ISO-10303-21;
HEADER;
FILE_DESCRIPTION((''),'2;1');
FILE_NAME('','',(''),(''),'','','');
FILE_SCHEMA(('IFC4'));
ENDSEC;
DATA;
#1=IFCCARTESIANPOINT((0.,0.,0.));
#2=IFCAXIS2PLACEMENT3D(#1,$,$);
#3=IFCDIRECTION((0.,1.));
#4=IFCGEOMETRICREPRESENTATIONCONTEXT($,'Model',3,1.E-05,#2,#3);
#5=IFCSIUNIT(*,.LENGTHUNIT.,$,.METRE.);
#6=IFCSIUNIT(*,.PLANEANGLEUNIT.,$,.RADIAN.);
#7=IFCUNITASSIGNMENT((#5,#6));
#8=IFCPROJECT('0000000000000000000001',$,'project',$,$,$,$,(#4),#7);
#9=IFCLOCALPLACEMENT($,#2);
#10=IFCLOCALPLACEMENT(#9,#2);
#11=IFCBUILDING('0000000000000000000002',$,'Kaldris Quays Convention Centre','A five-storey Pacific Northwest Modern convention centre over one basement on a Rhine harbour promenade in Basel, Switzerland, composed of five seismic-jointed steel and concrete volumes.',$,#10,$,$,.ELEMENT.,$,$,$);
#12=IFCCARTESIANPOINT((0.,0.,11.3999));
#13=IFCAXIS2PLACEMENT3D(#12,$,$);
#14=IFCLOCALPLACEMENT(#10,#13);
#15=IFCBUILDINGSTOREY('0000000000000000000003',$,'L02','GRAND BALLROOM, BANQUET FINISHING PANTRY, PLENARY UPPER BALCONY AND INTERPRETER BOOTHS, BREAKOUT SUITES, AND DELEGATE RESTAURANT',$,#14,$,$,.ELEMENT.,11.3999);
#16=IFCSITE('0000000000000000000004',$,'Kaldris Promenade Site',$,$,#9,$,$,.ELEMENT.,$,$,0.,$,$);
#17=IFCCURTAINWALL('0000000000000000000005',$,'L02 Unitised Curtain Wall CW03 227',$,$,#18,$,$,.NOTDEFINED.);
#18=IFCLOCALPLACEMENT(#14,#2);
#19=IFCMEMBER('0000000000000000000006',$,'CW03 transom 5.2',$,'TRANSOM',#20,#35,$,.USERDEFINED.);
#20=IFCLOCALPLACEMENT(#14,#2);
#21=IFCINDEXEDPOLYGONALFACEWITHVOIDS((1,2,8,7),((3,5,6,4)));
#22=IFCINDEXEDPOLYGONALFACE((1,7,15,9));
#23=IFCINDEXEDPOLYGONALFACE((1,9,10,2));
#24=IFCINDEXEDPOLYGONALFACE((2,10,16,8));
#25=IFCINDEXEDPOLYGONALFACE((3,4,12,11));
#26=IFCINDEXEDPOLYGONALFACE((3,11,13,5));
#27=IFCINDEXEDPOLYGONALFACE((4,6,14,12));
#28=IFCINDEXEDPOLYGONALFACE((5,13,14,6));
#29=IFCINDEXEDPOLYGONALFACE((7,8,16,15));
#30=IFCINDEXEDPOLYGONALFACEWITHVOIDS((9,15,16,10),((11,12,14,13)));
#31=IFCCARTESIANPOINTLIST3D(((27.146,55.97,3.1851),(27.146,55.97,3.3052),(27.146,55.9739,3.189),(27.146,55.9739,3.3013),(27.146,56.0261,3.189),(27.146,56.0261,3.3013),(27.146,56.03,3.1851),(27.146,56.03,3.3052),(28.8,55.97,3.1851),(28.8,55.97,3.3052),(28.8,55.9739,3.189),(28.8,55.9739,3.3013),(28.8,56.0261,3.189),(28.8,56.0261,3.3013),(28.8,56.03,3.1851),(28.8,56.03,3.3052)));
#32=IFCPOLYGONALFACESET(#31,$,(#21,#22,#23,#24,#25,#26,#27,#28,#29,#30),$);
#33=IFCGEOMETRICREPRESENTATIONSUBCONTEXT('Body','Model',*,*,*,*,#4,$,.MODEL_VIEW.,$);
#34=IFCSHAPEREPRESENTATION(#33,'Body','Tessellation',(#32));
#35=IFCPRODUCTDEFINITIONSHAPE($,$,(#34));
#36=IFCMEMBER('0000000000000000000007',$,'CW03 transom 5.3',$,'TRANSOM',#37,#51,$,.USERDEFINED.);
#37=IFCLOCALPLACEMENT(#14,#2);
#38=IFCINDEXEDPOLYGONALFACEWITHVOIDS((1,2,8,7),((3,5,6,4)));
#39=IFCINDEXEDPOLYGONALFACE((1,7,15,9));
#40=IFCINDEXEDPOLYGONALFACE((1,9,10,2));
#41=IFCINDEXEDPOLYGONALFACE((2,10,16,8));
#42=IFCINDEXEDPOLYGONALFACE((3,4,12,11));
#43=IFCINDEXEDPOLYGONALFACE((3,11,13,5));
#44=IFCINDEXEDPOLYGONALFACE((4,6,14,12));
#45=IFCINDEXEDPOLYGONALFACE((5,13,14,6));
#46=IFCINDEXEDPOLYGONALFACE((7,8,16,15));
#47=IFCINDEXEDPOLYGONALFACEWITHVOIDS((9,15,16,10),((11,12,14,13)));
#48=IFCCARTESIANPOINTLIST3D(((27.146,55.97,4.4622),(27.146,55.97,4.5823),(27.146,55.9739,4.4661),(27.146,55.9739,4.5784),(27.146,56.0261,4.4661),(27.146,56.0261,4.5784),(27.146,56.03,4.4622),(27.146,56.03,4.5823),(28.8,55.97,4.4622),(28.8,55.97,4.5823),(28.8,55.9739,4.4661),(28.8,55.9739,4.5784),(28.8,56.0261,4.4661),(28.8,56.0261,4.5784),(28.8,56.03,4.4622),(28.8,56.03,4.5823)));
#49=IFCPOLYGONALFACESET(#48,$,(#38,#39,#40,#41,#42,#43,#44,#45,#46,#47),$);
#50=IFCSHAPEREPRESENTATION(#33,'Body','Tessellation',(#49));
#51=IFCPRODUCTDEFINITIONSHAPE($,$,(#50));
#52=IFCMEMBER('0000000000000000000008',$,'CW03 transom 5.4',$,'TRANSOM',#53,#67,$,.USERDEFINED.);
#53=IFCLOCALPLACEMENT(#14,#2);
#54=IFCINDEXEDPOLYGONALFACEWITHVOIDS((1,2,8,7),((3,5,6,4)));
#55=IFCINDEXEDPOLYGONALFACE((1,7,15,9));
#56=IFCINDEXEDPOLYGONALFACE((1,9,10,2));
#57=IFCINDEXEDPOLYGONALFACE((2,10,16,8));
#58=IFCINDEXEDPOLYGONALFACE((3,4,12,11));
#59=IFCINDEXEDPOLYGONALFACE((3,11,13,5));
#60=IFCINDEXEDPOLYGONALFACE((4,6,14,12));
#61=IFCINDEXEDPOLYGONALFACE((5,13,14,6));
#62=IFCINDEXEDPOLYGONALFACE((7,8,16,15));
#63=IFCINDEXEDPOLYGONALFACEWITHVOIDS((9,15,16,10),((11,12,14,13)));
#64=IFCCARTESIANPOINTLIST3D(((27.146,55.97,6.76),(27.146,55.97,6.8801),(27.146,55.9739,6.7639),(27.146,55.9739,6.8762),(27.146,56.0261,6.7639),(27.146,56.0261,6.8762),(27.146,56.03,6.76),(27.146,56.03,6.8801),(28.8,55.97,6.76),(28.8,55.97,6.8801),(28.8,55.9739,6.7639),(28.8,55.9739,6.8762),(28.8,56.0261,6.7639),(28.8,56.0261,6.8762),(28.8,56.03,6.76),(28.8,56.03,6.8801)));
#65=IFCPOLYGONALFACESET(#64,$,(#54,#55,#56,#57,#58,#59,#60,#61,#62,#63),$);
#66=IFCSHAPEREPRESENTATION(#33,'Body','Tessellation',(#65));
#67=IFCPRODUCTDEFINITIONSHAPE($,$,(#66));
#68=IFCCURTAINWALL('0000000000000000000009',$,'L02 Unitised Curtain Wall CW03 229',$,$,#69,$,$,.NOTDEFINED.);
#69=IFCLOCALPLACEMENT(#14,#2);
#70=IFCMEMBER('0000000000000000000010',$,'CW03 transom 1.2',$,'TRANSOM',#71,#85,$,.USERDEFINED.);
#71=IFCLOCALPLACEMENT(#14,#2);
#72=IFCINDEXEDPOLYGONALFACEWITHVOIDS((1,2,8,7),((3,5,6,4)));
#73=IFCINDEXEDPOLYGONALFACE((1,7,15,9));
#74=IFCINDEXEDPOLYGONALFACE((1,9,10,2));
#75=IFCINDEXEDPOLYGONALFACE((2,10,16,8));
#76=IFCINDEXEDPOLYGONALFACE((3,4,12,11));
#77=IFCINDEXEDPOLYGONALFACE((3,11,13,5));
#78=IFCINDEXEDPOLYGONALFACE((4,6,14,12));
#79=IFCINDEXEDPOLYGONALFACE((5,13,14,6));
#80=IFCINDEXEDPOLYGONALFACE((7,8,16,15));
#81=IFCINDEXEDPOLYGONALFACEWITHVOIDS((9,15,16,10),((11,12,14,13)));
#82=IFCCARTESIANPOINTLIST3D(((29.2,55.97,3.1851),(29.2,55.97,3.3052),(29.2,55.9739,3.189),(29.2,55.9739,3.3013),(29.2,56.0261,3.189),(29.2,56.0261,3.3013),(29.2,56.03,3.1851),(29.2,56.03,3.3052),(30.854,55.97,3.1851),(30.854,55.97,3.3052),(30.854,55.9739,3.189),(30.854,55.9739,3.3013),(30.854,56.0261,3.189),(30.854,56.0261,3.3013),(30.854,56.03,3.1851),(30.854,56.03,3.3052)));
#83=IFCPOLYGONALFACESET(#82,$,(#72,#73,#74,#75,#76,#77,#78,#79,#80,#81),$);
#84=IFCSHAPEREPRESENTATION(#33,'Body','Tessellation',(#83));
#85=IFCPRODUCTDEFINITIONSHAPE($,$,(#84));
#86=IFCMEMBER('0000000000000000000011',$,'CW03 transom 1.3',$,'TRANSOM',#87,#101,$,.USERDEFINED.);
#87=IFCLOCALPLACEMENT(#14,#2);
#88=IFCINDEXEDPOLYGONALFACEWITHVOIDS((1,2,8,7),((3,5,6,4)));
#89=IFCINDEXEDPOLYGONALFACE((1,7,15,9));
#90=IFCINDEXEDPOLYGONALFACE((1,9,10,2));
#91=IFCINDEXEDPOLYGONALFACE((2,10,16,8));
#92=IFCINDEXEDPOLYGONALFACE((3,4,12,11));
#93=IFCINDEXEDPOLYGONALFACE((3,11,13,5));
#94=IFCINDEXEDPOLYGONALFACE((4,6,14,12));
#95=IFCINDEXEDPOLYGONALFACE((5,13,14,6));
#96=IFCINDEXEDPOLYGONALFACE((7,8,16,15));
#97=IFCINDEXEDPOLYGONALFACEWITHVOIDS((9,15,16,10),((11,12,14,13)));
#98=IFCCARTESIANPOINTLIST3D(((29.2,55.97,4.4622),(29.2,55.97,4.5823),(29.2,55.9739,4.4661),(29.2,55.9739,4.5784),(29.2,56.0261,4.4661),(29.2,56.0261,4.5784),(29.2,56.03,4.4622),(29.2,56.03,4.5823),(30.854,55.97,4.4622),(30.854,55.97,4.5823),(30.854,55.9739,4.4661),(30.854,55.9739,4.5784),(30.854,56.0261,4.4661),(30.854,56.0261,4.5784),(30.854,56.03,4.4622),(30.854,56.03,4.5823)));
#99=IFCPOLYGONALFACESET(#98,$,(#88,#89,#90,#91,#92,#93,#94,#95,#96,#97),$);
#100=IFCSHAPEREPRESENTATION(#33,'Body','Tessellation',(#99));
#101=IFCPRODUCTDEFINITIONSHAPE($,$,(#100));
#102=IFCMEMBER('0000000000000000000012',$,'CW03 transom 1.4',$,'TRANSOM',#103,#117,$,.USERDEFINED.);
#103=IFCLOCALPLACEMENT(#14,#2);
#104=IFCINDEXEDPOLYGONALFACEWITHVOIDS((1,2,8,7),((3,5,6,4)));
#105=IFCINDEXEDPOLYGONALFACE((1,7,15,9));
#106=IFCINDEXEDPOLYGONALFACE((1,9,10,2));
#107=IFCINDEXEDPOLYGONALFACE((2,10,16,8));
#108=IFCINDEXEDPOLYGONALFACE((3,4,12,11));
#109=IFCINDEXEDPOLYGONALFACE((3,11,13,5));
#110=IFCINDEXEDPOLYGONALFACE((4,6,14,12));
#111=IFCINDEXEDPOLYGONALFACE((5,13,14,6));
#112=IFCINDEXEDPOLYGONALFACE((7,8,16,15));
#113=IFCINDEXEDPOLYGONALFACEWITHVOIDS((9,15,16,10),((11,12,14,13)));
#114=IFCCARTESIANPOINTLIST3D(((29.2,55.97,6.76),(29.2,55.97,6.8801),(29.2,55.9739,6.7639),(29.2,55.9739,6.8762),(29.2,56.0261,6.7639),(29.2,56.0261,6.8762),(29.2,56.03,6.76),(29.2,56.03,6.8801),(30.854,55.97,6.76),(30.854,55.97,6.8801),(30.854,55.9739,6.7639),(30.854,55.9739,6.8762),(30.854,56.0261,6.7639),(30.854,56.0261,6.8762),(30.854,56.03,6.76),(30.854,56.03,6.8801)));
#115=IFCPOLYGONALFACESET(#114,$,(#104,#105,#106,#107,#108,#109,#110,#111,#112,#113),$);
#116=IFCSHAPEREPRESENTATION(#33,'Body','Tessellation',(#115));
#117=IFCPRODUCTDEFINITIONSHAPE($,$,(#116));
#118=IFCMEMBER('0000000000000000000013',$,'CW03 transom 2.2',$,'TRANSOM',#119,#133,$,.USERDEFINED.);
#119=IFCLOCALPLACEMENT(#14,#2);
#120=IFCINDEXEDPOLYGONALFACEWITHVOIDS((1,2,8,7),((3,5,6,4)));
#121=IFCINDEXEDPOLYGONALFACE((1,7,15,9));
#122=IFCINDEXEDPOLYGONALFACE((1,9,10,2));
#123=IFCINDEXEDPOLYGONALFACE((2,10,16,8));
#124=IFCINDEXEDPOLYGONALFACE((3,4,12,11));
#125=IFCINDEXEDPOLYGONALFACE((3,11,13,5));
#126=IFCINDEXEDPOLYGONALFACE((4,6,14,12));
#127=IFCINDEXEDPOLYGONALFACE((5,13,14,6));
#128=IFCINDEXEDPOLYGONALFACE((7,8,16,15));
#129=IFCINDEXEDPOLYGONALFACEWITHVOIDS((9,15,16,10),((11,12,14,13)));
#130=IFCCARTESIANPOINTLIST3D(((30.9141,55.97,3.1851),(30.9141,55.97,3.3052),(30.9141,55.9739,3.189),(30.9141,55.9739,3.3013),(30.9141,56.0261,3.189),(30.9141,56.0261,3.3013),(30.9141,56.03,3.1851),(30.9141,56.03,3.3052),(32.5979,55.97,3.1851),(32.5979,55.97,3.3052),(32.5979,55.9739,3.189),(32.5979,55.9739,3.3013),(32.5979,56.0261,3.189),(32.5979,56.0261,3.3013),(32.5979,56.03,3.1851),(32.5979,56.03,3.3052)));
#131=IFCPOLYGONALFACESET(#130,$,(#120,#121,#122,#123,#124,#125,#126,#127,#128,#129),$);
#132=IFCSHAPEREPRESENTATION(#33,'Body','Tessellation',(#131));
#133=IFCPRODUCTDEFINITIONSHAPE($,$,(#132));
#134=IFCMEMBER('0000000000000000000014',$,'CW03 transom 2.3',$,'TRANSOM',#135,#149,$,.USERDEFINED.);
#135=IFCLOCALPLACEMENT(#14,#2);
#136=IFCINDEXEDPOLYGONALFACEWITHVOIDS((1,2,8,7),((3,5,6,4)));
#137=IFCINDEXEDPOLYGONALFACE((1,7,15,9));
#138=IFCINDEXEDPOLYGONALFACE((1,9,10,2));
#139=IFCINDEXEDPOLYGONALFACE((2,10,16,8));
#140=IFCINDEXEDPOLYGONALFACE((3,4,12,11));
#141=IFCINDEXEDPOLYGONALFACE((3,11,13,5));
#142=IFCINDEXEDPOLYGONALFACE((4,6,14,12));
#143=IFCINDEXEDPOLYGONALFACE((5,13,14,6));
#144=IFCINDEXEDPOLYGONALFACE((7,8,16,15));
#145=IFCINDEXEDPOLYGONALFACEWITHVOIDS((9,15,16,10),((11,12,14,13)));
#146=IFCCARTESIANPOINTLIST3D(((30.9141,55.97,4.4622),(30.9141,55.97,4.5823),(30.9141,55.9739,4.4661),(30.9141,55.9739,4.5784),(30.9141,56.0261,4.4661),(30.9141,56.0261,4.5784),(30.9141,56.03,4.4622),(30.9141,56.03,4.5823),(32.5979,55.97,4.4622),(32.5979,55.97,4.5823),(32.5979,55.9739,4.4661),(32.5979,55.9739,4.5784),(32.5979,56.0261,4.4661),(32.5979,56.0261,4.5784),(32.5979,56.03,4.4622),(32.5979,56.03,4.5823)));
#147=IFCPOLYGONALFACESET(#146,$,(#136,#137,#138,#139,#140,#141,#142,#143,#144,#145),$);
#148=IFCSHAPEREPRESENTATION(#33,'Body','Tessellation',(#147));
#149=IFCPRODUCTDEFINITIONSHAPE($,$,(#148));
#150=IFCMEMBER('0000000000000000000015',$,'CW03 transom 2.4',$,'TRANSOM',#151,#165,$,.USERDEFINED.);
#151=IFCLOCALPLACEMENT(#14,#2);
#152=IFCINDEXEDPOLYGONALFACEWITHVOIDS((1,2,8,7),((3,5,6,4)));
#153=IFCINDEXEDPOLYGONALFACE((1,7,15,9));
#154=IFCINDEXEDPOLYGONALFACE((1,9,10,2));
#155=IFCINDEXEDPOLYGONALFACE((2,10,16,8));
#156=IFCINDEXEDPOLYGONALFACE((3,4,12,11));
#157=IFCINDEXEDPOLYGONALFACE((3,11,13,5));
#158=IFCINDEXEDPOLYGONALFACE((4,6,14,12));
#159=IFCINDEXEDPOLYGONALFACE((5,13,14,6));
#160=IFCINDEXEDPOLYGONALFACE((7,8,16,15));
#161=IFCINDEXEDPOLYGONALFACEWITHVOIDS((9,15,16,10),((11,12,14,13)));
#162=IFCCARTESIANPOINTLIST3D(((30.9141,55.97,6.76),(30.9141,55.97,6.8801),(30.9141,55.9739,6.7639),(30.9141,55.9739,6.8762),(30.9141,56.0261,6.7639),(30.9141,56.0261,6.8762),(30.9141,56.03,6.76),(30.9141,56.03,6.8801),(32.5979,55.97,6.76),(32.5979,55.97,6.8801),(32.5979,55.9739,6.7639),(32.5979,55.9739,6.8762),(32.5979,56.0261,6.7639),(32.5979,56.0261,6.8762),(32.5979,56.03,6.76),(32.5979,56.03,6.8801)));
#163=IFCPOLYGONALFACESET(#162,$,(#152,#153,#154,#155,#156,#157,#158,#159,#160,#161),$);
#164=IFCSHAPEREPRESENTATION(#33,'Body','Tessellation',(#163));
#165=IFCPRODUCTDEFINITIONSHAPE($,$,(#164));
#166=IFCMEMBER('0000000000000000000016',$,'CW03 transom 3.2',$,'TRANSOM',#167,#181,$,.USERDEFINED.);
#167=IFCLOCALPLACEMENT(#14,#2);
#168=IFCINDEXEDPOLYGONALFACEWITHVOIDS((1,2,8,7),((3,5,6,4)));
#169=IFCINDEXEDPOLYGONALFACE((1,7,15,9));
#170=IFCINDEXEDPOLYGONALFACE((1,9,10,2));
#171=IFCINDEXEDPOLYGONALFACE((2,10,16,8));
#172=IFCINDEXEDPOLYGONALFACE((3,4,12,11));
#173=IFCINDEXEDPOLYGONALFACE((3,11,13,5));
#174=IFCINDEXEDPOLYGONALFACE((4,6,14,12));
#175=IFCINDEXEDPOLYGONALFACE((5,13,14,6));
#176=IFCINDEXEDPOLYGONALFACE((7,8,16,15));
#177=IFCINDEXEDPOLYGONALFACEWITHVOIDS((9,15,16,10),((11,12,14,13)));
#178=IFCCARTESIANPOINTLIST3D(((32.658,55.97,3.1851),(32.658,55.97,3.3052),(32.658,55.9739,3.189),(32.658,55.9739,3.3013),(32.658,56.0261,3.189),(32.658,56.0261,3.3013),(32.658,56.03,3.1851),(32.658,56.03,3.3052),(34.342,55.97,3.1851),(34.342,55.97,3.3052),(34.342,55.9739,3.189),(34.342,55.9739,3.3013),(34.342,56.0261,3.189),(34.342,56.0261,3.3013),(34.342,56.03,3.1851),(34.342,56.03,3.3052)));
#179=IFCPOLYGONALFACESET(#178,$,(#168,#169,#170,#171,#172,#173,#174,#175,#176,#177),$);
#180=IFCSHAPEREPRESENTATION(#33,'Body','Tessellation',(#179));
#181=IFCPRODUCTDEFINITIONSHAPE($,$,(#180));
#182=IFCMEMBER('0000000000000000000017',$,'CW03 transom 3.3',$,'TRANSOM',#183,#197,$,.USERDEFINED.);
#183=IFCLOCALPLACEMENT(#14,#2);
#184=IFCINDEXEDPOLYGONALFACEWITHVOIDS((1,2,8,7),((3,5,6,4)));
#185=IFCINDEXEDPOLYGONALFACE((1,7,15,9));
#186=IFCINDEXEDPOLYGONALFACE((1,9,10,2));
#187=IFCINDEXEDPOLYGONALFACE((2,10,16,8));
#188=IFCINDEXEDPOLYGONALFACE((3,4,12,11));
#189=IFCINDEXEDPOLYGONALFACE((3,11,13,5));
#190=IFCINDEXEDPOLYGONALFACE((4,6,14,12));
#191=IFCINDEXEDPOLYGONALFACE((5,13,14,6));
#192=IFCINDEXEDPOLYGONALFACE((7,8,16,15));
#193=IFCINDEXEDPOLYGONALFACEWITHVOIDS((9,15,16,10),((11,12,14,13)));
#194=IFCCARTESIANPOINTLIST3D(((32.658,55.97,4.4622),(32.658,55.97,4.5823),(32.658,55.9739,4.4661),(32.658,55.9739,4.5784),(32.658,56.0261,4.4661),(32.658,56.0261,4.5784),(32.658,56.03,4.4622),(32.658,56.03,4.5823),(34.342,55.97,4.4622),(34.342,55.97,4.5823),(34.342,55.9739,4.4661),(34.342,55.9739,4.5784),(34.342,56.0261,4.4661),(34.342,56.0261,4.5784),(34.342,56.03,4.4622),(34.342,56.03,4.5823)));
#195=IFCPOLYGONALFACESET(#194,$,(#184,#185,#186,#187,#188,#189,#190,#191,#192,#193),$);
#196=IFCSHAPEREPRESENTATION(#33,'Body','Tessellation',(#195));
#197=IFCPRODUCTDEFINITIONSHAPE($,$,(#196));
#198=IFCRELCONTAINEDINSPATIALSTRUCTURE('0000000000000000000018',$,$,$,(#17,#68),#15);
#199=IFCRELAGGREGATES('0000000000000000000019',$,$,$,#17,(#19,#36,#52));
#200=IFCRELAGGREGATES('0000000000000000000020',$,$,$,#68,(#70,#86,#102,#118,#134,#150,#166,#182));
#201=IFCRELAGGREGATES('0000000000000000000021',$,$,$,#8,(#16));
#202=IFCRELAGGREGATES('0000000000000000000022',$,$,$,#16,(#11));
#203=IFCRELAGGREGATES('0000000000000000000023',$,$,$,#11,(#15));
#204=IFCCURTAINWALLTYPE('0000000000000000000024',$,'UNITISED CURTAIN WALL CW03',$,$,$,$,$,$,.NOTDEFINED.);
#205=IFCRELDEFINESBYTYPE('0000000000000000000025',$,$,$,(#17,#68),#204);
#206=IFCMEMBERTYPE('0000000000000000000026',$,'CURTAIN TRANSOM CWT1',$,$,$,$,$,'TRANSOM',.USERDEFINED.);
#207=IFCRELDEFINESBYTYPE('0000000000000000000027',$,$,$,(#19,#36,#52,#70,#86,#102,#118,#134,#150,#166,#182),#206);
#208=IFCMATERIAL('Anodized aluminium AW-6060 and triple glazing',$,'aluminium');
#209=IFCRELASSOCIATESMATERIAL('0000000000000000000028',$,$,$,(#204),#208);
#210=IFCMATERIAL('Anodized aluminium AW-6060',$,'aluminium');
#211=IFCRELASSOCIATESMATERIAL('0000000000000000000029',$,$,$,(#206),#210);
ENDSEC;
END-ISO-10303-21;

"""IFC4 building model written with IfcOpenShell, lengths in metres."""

from ifc_helpers import new_model, si_unit, direction, frame, origin, origin_2d, place, context, subcontext, project, spatial, hollow_rectangle, extrude, material, material_profile, profile_set, type_object, element, aggregate, save


model = new_model("IFC4")

# Units and contexts
model_context = context("Model", 3, precision=1e-05, world=origin(), true_north=direction((0.0, 1.0)))
body_context = subcontext(model_context, "Body", "Model", "MODEL_VIEW")
ifc_project = project(units=[si_unit("LENGTHUNIT", "METRE"), si_unit("PLANEANGLEUNIT", "RADIAN")], contexts=[model_context])

# Site, building, storey
site_placement = place(None, origin())
site = spatial("IfcSite", under=ifc_project, at=site_placement, Name="Kaldris Promenade Site", CompositionType="ELEMENT", RefElevation=0.0)
building_placement = place(site_placement, origin())
building = spatial("IfcBuilding", under=site, at=building_placement, Name="Kaldris Quays Convention Centre", Description="A five-storey Pacific Northwest Modern convention centre over one basement on a Rhine harbour promenade in Basel, Switzerland, composed of five seismic-jointed steel and concrete volumes.", CompositionType="ELEMENT")
storey_placement = place(building_placement, frame((0.0, 0.0, 11.3999)))
storey = spatial("IfcBuildingStorey", under=building, at=storey_placement, Name="L02", Description="GRAND BALLROOM, BANQUET FINISHING PANTRY, PLENARY UPPER BALCONY AND INTERPRETER BOOTHS, BREAKOUT SUITES, AND DELEGATE RESTAURANT", CompositionType="ELEMENT", Elevation=11.3999)

# Curtain walls, members
ifc_material_1 = material(Name="Anodized aluminium AW-6060 and triple glazing", Category="aluminium")
curtain_wall_type = type_object("IfcCurtainWallType", Name="UNITISED CURTAIN WALL CW03", PredefinedType="NOTDEFINED", material=ifc_material_1)
curtain_wall_1_placement = place(storey_placement, origin())
curtain_wall_1 = element("IfcCurtainWall", 1, at=curtain_wall_1_placement, inside=storey, type_object=curtain_wall_type, Name="L02 Unitised Curtain Wall CW03 227", PredefinedType="NOTDEFINED")
ifc_material_2 = material(Name="Anodized aluminium AW-6060", Category="aluminium")
ifc_material_profile_1 = material_profile(ifc_material_2, hollow_rectangle(XDim=0.0601, YDim=0.1201, WallThickness=0.0039, at=origin_2d()), Name="RHS 120x60x4")
ifc_profile_set_1 = profile_set([ifc_material_profile_1], Name="Anodized aluminium AW-6060")
member_type_1 = type_object("IfcMemberType", Name="CURTAIN TRANSOM CWT1", ElementType="TRANSOM", PredefinedType="USERDEFINED", material=ifc_profile_set_1)
member_1_placement = place(storey_placement, frame((27.146, 56.0, 3.2451), z_axis=(1.0, 0.0, 0.0), x_axis=(0.0, 1.0, 0.0)))
member_1 = element("IfcMember", 2, at=member_1_placement, type_object=member_type_1, Name="CW03 transom 5.2", ObjectType="TRANSOM", PredefinedType="USERDEFINED", context=body_context, shape_type="SweptSolid", body=[
    extrude(hollow_rectangle(XDim=0.0601, YDim=0.1201, WallThickness=0.0039, at=origin_2d()), origin(), (0.0, 0.0, 1.0), 1.6541),
])
member_2_placement = place(storey_placement, frame((27.146, 56.0, 4.5222), z_axis=(1.0, 0.0, 0.0), x_axis=(0.0, 1.0, 0.0)))
member_2 = element("IfcMember", 3, at=member_2_placement, type_object=member_type_1, Name="CW03 transom 5.3", ObjectType="TRANSOM", PredefinedType="USERDEFINED", context=body_context, shape_type="SweptSolid", body=[
    extrude(hollow_rectangle(XDim=0.0601, YDim=0.1201, WallThickness=0.0039, at=origin_2d()), origin(), (0.0, 0.0, 1.0), 1.6541),
])
member_3_placement = place(storey_placement, frame((27.146, 56.0, 6.8201), z_axis=(1.0, 0.0, 0.0), x_axis=(0.0, 1.0, 0.0)))
member_3 = element("IfcMember", 4, at=member_3_placement, type_object=member_type_1, Name="CW03 transom 5.4", ObjectType="TRANSOM", PredefinedType="USERDEFINED", context=body_context, shape_type="SweptSolid", body=[
    extrude(hollow_rectangle(XDim=0.0601, YDim=0.1201, WallThickness=0.0039, at=origin_2d()), origin(), (0.0, 0.0, 1.0), 1.6541),
])
curtain_wall_2_placement = place(storey_placement, origin())
curtain_wall_2 = element("IfcCurtainWall", 5, at=curtain_wall_2_placement, inside=storey, type_object=curtain_wall_type, Name="L02 Unitised Curtain Wall CW03 229", PredefinedType="NOTDEFINED")
member_4_placement = place(storey_placement, frame((29.2, 56.0, 3.2451), z_axis=(1.0, 0.0, 0.0), x_axis=(0.0, 1.0, 0.0)))
member_4 = element("IfcMember", 6, at=member_4_placement, type_object=member_type_1, Name="CW03 transom 1.2", ObjectType="TRANSOM", PredefinedType="USERDEFINED", context=body_context, shape_type="SweptSolid", body=[
    extrude(hollow_rectangle(XDim=0.0601, YDim=0.1201, WallThickness=0.0039, at=origin_2d()), origin(), (0.0, 0.0, 1.0), 1.6541),
])
member_5_placement = place(storey_placement, frame((29.2, 56.0, 4.5222), z_axis=(1.0, 0.0, 0.0), x_axis=(0.0, 1.0, 0.0)))
member_5 = element("IfcMember", 7, at=member_5_placement, type_object=member_type_1, Name="CW03 transom 1.3", ObjectType="TRANSOM", PredefinedType="USERDEFINED", context=body_context, shape_type="SweptSolid", body=[
    extrude(hollow_rectangle(XDim=0.0601, YDim=0.1201, WallThickness=0.0039, at=origin_2d()), origin(), (0.0, 0.0, 1.0), 1.6541),
])
member_6_placement = place(storey_placement, frame((29.2, 56.0, 6.8201), z_axis=(1.0, 0.0, 0.0), x_axis=(0.0, 1.0, 0.0)))
member_6 = element("IfcMember", 8, at=member_6_placement, type_object=member_type_1, Name="CW03 transom 1.4", ObjectType="TRANSOM", PredefinedType="USERDEFINED", context=body_context, shape_type="SweptSolid", body=[
    extrude(hollow_rectangle(XDim=0.0601, YDim=0.1201, WallThickness=0.0039, at=origin_2d()), origin(), (0.0, 0.0, 1.0), 1.6541),
])
member_7_placement = place(storey_placement, frame((30.9141, 56.0, 3.2451), z_axis=(1.0, 0.0, 0.0), x_axis=(0.0, 1.0, 0.0)))
member_7 = element("IfcMember", 9, at=member_7_placement, type_object=member_type_1, Name="CW03 transom 2.2", ObjectType="TRANSOM", PredefinedType="USERDEFINED", context=body_context, shape_type="SweptSolid", body=[
    extrude(hollow_rectangle(XDim=0.0601, YDim=0.1201, WallThickness=0.0039, at=origin_2d()), origin(), (0.0, 0.0, 1.0), 1.6838),
])
member_8_placement = place(storey_placement, frame((30.9141, 56.0, 4.5222), z_axis=(1.0, 0.0, 0.0), x_axis=(0.0, 1.0, 0.0)))
member_8 = element("IfcMember", 10, at=member_8_placement, type_object=member_type_1, Name="CW03 transom 2.3", ObjectType="TRANSOM", PredefinedType="USERDEFINED", context=body_context, shape_type="SweptSolid", body=[
    extrude(hollow_rectangle(XDim=0.0601, YDim=0.1201, WallThickness=0.0039, at=origin_2d()), origin(), (0.0, 0.0, 1.0), 1.6838),
])
member_9_placement = place(storey_placement, frame((30.9141, 56.0, 6.8201), z_axis=(1.0, 0.0, 0.0), x_axis=(0.0, 1.0, 0.0)))
member_9 = element("IfcMember", 11, at=member_9_placement, type_object=member_type_1, Name="CW03 transom 2.4", ObjectType="TRANSOM", PredefinedType="USERDEFINED", context=body_context, shape_type="SweptSolid", body=[
    extrude(hollow_rectangle(XDim=0.0601, YDim=0.1201, WallThickness=0.0039, at=origin_2d()), origin(), (0.0, 0.0, 1.0), 1.6838),
])
member_10_placement = place(storey_placement, frame((32.658, 56.0, 3.2451), z_axis=(1.0, 0.0, 0.0), x_axis=(0.0, 1.0, 0.0)))
member_10 = element("IfcMember", 12, at=member_10_placement, type_object=member_type_1, Name="CW03 transom 3.2", ObjectType="TRANSOM", PredefinedType="USERDEFINED", context=body_context, shape_type="SweptSolid", body=[
    extrude(hollow_rectangle(XDim=0.0601, YDim=0.1201, WallThickness=0.0039, at=origin_2d()), origin(), (0.0, 0.0, 1.0), 1.6841),
])
member_11_placement = place(storey_placement, frame((32.658, 56.0, 4.5222), z_axis=(1.0, 0.0, 0.0), x_axis=(0.0, 1.0, 0.0)))
member_11 = element("IfcMember", 13, at=member_11_placement, type_object=member_type_1, Name="CW03 transom 3.3", ObjectType="TRANSOM", PredefinedType="USERDEFINED", context=body_context, shape_type="SweptSolid", body=[
    extrude(hollow_rectangle(XDim=0.0601, YDim=0.1201, WallThickness=0.0039, at=origin_2d()), origin(), (0.0, 0.0, 1.0), 1.6841),
])

aggregate(curtain_wall_1, [member_1, member_2, member_3])
aggregate(curtain_wall_2, [member_4, member_5, member_6, member_7, member_8, member_9, member_10, member_11])

save(model, "model.ifc")
